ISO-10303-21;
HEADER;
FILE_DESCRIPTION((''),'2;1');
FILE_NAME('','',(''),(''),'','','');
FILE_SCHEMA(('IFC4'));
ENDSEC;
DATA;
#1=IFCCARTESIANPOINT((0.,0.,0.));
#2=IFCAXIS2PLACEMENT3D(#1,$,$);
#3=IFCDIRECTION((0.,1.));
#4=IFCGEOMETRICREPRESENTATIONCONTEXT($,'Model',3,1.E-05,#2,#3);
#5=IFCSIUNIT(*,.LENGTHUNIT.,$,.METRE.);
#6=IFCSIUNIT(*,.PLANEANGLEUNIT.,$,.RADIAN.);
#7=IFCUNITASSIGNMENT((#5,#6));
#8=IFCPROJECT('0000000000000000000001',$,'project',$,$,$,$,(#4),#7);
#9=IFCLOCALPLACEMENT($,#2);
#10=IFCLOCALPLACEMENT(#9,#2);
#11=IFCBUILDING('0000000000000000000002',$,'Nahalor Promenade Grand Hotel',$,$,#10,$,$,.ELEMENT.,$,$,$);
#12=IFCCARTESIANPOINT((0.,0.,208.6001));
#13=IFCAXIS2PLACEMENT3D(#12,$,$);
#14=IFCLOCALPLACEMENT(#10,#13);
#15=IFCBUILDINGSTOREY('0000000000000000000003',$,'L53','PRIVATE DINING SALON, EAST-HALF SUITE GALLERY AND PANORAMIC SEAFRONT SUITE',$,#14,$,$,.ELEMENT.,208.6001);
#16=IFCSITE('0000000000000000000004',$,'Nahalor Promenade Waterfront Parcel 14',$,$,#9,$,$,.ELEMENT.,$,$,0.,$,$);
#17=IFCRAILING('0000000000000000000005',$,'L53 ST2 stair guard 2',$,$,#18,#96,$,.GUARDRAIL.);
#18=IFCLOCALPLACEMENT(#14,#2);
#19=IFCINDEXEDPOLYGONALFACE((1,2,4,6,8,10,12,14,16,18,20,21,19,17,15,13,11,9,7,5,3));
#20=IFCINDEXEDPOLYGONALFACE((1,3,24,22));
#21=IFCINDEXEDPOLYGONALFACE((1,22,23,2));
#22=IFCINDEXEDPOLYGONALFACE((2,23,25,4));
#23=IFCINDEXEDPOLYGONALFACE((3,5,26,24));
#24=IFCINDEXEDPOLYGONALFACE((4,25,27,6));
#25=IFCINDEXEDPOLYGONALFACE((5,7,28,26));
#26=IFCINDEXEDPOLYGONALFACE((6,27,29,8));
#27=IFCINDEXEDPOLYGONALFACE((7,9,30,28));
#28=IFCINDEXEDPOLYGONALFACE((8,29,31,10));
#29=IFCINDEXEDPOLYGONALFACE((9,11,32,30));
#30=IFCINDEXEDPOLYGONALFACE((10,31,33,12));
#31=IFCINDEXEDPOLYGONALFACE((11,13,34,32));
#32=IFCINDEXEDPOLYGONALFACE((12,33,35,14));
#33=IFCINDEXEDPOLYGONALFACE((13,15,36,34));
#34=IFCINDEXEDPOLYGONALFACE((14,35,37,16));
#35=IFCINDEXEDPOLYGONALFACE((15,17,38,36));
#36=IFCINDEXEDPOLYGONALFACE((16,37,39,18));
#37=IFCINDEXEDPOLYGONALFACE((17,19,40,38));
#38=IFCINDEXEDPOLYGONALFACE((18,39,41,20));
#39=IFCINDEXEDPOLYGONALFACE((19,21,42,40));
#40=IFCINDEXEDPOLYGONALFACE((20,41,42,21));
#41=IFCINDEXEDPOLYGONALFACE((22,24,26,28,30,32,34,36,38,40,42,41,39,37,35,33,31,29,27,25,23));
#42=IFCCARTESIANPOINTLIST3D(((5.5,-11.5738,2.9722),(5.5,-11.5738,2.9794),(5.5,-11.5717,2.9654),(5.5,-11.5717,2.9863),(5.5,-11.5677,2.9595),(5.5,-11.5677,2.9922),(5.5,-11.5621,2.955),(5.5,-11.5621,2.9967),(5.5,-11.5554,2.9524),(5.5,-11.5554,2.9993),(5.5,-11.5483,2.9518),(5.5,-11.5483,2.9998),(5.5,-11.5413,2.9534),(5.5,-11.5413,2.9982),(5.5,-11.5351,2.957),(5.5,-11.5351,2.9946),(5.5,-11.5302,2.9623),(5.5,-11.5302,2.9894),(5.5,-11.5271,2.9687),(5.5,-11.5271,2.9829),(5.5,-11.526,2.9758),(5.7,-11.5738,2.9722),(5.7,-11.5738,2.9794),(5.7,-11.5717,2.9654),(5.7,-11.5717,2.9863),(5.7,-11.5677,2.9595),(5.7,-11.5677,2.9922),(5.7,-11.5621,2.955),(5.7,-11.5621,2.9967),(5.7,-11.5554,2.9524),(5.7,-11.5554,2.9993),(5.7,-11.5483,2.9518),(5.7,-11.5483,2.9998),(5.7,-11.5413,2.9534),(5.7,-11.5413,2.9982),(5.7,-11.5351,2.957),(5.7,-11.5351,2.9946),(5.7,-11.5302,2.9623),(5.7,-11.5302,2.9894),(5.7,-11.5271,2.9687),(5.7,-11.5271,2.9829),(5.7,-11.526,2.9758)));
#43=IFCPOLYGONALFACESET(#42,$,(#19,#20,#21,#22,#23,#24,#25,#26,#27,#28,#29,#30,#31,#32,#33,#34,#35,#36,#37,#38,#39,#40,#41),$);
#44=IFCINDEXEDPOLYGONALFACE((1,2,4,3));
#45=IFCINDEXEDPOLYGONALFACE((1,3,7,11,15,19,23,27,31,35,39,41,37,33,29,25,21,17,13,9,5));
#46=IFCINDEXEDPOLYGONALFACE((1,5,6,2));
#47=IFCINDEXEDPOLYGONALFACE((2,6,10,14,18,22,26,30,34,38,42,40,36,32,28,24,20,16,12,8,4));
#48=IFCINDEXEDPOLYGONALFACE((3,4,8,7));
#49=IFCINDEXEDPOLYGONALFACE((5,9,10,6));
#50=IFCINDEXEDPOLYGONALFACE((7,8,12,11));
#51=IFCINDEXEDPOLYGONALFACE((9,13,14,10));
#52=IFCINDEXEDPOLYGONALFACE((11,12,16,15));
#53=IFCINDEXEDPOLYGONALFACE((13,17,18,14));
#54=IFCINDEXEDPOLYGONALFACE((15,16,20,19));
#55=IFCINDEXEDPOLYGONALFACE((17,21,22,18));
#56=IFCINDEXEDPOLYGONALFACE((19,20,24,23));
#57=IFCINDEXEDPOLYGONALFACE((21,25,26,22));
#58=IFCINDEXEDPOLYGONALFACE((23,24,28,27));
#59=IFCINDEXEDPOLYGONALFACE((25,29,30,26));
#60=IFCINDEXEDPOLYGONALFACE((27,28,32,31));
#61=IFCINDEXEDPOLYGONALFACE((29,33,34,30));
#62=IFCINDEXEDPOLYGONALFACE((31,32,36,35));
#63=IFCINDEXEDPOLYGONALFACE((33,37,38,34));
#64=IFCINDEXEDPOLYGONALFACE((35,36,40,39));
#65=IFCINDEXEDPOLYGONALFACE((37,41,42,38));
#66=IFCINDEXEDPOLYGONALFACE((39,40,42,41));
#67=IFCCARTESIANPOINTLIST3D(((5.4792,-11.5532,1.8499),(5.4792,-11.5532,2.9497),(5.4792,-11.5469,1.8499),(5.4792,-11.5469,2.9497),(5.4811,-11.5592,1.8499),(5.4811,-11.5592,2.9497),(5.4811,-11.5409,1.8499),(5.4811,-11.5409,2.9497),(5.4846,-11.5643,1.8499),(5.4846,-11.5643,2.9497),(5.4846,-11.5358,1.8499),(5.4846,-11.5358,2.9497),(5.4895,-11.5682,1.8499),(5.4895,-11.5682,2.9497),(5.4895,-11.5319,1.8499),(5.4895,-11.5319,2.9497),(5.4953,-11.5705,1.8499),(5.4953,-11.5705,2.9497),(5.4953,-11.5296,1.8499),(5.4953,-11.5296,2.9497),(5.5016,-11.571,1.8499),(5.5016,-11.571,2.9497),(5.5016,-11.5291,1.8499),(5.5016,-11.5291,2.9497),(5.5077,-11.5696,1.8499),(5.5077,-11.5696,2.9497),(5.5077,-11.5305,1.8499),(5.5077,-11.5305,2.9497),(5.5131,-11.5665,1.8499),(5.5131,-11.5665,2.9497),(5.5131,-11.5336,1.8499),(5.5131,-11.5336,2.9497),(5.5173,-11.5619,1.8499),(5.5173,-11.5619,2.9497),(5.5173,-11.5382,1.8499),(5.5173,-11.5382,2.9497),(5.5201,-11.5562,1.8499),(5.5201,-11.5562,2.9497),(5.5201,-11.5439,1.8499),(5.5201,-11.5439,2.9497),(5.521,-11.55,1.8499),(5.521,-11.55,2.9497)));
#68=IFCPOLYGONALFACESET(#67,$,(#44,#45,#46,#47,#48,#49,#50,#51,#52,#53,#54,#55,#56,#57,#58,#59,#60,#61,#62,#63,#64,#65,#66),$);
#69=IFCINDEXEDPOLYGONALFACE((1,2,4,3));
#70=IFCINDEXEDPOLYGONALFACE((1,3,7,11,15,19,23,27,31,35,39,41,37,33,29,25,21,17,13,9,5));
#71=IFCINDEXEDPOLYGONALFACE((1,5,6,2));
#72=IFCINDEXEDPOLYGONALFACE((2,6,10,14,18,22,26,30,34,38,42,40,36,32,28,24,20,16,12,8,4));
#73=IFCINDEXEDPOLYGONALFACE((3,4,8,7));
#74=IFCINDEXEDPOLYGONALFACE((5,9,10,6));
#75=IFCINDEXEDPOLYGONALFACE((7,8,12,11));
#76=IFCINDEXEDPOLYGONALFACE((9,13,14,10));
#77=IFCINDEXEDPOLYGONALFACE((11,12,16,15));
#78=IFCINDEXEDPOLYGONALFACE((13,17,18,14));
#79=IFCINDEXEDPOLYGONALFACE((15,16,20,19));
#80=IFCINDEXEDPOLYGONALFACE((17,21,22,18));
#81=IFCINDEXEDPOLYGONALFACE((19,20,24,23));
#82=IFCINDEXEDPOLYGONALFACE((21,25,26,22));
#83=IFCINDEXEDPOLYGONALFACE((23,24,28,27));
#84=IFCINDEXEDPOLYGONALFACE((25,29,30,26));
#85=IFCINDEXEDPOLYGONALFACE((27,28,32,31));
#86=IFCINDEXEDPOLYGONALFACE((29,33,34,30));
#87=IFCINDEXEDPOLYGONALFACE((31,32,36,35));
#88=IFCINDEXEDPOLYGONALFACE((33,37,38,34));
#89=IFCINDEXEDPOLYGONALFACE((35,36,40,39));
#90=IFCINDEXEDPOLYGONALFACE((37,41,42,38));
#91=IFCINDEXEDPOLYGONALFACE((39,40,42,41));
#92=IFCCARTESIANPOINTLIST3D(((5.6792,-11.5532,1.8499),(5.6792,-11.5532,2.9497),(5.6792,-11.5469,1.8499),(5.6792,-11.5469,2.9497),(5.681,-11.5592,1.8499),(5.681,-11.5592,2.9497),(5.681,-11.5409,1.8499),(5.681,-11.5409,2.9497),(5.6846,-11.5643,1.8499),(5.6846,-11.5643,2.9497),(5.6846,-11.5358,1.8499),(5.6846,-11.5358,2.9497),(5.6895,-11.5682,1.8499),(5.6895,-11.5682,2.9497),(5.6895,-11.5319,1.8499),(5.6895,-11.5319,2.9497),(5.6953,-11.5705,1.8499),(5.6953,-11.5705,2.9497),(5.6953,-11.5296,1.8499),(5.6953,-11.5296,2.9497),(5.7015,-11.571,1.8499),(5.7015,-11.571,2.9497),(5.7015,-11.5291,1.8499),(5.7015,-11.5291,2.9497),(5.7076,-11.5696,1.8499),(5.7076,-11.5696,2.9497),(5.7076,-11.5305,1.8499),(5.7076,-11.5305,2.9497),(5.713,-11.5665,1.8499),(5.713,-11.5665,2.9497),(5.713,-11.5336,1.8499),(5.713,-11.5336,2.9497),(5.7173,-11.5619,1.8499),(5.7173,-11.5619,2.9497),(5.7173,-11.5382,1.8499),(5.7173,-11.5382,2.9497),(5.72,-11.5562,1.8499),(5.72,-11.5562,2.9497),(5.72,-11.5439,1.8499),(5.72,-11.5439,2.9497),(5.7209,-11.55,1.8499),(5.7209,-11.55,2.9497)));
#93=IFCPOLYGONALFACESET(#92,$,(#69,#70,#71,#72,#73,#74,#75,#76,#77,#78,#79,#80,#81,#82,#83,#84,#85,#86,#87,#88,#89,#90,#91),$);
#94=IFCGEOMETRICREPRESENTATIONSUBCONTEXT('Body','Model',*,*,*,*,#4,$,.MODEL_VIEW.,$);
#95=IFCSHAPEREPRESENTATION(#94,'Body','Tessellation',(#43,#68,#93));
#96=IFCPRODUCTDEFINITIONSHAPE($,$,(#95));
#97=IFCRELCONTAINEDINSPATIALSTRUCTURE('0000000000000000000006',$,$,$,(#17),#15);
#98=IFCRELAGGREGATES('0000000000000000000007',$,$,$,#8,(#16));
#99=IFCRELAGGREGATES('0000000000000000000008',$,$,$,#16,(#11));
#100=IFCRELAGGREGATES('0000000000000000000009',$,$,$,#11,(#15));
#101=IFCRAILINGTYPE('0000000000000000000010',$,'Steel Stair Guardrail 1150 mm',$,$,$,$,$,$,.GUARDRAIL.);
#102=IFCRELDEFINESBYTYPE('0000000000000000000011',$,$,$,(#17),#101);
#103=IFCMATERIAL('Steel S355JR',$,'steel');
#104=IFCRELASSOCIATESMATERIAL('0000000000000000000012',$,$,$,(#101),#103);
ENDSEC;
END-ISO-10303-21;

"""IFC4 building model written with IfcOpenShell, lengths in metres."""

from ifc_helpers import new_model, si_unit, direction, frame, origin, origin_2d, place, context, subcontext, project, spatial, circle, extrude, material, type_object, element, save


model = new_model("IFC4")

# Units and contexts
model_context = context("Model", 3, precision=1e-05, world=origin(), true_north=direction((0.0, 1.0)))
body_context = subcontext(model_context, "Body", "Model", "MODEL_VIEW")
ifc_project = project(units=[si_unit("LENGTHUNIT", "METRE"), si_unit("PLANEANGLEUNIT", "RADIAN")], contexts=[model_context])

# Site, building, storey
site_placement = place(None, origin())
site = spatial("IfcSite", under=ifc_project, at=site_placement, Name="Nahalor Promenade Waterfront Parcel 14", CompositionType="ELEMENT", RefElevation=0.0)
building_placement = place(site_placement, origin())
building = spatial("IfcBuilding", under=site, at=building_placement, Name="Nahalor Promenade Grand Hotel", CompositionType="ELEMENT")
storey_placement = place(building_placement, frame((0.0, 0.0, 208.6001)))
storey = spatial("IfcBuildingStorey", under=building, at=storey_placement, Name="L53", Description="PRIVATE DINING SALON, EAST-HALF SUITE GALLERY AND PANORAMIC SEAFRONT SUITE", CompositionType="ELEMENT", Elevation=208.6001)

# Shared definitions
ifc_material_1 = material(Name="Steel S355JR", Category="steel")

# Railing
railing_type_1 = type_object("IfcRailingType", Name="Steel Stair Guardrail 1150 mm", PredefinedType="GUARDRAIL", material=ifc_material_1)
railing_1_placement = place(storey_placement, frame((5.5, -11.55, 1.8499)))
element("IfcRailing", 1, at=railing_1_placement, inside=storey, type_object=railing_type_1, Name="L53 ST2 stair guard 2", PredefinedType="GUARDRAIL", context=body_context, shape_type="SweptSolid", body=[
    extrude(circle(Radius=0.024, at=origin_2d()), frame((0.0, 0.0, 1.126), z_axis=(1.0, 0.0, 0.0), x_axis=(0.0, 1.0, 0.0)), (0.0, 0.0, 1.0), 0.2),
    extrude(circle(Radius=0.021, at=origin_2d()), origin(), (0.0, 0.0, 1.0), 1.0999),
    extrude(circle(Radius=0.021, at=origin_2d()), frame((0.2, 0.0, 0.0)), (0.0, 0.0, 1.0), 1.0999),
])

save(model, "model.ifc")
